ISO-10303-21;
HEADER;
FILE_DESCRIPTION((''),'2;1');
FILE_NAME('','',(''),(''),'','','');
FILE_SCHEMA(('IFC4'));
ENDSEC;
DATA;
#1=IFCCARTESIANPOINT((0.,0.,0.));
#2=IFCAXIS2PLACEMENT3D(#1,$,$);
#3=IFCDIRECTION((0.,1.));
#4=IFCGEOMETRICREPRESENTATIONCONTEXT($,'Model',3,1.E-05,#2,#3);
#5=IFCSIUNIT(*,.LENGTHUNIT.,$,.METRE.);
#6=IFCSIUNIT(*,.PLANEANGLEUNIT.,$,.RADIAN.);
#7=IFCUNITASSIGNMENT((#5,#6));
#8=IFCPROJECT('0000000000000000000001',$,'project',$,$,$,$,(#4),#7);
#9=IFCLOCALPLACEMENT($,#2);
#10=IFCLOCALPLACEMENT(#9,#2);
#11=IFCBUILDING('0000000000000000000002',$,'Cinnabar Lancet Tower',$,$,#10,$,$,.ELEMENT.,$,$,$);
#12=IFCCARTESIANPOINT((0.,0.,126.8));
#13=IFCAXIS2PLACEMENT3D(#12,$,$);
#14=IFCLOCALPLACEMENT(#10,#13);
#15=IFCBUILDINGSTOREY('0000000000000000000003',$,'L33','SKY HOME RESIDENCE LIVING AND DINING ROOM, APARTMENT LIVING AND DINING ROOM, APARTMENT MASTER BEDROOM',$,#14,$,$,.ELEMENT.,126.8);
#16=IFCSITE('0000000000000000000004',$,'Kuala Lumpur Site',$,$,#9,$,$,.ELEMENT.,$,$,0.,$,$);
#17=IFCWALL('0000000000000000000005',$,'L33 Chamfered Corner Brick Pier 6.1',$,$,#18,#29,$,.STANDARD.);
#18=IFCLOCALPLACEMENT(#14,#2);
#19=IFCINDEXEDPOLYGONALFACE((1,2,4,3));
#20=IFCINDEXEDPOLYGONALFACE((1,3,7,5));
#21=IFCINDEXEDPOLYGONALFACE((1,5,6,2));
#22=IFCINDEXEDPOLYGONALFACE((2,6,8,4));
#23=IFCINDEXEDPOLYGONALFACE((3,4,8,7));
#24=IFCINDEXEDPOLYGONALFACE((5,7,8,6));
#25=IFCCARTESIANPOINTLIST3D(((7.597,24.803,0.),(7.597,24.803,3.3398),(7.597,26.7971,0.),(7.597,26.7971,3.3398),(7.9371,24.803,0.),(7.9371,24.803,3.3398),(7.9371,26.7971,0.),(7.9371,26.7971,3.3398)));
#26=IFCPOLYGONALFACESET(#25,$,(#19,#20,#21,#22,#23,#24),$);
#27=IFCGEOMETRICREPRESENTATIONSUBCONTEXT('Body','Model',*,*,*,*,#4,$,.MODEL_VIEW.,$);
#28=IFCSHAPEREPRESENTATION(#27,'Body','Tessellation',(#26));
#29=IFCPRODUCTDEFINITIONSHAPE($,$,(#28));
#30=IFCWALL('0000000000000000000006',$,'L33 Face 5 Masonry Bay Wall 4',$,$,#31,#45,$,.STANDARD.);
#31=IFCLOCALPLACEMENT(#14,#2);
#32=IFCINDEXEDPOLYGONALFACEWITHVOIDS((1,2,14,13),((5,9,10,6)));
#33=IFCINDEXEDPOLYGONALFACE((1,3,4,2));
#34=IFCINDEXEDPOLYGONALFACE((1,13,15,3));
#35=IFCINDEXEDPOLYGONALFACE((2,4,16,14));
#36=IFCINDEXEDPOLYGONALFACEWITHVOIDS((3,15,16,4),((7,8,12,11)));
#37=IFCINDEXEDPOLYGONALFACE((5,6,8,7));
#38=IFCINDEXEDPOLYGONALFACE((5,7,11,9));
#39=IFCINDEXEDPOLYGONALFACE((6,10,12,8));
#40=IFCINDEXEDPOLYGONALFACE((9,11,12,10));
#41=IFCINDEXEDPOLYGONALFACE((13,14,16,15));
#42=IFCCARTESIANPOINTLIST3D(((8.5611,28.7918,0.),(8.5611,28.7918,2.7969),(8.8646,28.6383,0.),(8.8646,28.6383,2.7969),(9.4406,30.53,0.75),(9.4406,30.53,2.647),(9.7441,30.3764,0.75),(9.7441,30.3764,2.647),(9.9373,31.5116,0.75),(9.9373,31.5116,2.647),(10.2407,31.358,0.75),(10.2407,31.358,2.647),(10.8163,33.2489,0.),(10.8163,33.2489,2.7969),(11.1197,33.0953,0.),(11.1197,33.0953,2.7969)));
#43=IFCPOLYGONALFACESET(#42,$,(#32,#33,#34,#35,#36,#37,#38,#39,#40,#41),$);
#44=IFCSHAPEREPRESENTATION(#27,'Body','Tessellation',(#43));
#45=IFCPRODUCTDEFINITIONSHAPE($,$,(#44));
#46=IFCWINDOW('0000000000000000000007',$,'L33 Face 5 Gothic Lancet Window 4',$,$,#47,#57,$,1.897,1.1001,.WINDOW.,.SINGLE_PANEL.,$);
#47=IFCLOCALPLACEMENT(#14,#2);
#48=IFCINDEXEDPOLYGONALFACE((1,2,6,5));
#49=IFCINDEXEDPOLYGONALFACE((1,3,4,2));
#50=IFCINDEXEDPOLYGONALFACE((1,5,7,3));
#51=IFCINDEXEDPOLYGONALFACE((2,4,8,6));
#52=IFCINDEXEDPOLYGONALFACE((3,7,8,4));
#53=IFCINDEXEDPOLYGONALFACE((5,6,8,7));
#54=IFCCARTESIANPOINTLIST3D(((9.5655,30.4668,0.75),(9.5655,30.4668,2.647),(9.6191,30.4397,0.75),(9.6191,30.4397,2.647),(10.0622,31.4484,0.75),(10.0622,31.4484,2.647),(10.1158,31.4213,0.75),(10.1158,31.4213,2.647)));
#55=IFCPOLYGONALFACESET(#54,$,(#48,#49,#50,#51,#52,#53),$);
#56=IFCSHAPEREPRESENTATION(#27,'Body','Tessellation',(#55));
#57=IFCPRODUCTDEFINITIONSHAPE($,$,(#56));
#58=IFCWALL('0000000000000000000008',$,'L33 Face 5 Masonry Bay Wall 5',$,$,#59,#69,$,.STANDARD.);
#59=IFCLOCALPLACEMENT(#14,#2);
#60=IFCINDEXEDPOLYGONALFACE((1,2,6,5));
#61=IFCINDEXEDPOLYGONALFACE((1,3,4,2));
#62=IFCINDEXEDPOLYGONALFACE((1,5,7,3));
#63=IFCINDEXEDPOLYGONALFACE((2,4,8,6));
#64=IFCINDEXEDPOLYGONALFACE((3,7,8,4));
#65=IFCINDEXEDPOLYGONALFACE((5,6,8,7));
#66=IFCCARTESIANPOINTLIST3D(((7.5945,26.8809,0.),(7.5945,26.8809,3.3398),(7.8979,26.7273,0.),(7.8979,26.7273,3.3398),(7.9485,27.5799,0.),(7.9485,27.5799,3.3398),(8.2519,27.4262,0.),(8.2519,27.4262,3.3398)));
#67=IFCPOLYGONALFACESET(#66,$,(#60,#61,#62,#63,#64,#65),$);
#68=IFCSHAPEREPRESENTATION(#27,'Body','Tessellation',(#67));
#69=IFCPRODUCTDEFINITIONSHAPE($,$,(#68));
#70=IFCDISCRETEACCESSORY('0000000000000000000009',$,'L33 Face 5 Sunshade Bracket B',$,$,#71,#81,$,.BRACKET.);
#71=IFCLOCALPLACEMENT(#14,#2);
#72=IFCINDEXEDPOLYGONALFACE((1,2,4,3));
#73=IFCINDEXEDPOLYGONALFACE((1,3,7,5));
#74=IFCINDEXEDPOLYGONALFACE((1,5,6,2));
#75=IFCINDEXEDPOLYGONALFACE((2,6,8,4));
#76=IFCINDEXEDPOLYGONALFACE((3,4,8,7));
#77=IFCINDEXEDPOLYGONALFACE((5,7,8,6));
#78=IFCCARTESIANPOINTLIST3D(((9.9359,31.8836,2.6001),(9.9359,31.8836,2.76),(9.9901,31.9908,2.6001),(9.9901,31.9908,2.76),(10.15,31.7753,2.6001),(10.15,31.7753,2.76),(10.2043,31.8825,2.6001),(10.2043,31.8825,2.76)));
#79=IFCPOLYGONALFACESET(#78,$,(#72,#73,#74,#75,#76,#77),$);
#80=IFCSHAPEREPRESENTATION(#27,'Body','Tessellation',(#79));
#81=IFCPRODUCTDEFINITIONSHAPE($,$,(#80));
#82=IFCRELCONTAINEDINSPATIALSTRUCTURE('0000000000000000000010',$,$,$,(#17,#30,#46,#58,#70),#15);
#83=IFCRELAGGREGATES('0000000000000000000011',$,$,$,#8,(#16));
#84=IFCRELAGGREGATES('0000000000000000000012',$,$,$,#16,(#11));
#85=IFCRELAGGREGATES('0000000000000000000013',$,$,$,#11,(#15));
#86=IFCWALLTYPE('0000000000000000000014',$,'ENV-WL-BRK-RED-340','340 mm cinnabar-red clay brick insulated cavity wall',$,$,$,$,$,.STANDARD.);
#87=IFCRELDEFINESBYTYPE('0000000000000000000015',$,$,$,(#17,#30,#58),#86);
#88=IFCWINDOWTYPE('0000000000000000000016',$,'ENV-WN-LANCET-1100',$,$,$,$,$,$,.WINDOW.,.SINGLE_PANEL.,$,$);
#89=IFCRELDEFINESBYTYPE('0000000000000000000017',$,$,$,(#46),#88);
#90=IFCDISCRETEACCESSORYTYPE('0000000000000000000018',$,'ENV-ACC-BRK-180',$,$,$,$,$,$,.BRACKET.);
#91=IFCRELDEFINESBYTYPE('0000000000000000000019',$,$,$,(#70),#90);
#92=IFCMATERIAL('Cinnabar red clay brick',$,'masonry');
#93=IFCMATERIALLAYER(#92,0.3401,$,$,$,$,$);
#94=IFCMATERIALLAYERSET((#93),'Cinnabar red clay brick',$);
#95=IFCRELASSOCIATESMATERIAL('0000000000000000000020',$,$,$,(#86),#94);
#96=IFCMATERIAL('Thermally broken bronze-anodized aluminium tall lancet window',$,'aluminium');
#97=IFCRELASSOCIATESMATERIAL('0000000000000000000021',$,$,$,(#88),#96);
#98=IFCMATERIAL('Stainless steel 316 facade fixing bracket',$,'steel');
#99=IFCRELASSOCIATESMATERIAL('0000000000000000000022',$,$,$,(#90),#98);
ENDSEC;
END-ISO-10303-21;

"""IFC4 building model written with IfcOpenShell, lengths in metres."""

from ifc_helpers import new_model, si_unit, direction, frame, frame_2d, origin, origin_2d, place, context, subcontext, project, spatial, rectangle, extrude, material, layer, layer_set, type_object, element, fill, save


model = new_model("IFC4")

# Units and contexts
model_context = context("Model", 3, precision=1e-05, world=origin(), true_north=direction((0.0, 1.0)))
body_context = subcontext(model_context, "Body", "Model", "MODEL_VIEW")
ifc_project = project(units=[si_unit("LENGTHUNIT", "METRE"), si_unit("PLANEANGLEUNIT", "RADIAN")], contexts=[model_context])

# Site, building, storey
site_placement = place(None, origin())
site = spatial("IfcSite", under=ifc_project, at=site_placement, Name="Kuala Lumpur Site", CompositionType="ELEMENT", RefElevation=0.0)
building_placement = place(site_placement, origin())
building = spatial("IfcBuilding", under=site, at=building_placement, Name="Cinnabar Lancet Tower", CompositionType="ELEMENT")
storey_placement = place(building_placement, frame((0.0, 0.0, 126.8)))
storey = spatial("IfcBuildingStorey", under=building, at=storey_placement, Name="L33", Description="SKY HOME RESIDENCE LIVING AND DINING ROOM, APARTMENT LIVING AND DINING ROOM, APARTMENT MASTER BEDROOM", CompositionType="ELEMENT", Elevation=126.8)

# Wall
ifc_material_1 = material(Name="Cinnabar red clay brick", Category="masonry")
ifc_layer_1 = layer(ifc_material_1, 0.3401)
ifc_layer_set_1 = layer_set([ifc_layer_1], Name="Cinnabar red clay brick")
wall_type_1 = type_object("IfcWallType", Name="ENV-WL-BRK-RED-340", Description="340 mm cinnabar-red clay brick insulated cavity wall", PredefinedType="STANDARD", material=ifc_layer_set_1)
wall_1_placement = place(storey_placement, frame((7.7671, 26.7971, 0.0), z_axis=(0.0, 0.0, 1.0), x_axis=(0.0, -1.0, 0.0)))
element("IfcWall", 1, at=wall_1_placement, inside=storey, type_object=wall_type_1, Name="L33 Chamfered Corner Brick Pier 6.1", PredefinedType="STANDARD", context=body_context, shape_type="SweptSolid", body=[
    extrude(rectangle(XDim=1.9941, YDim=0.3401, at=frame_2d((0.9971, 0.0))), origin(), (0.0, 0.0, 1.0), 3.3398),
])

# Wall, opening, window
wall_2_placement = place(storey_placement, frame((10.968, 33.1721, 0.0), z_axis=(0.0, 0.0, 1.0), x_axis=(-0.451471, -0.892286, 0.0)))
wall_2 = element("IfcWall", 2, at=wall_2_placement, inside=storey, type_object=wall_type_1, Name="L33 Face 5 Masonry Bay Wall 4", PredefinedType="STANDARD", context=body_context, shape_type="SweptSolid", body=[
    extrude(rectangle(XDim=4.9951, YDim=0.3401, at=frame_2d((2.4976, 0.0))), origin(), (0.0, 0.0, 1.0), 2.7969),
])
opening_1_placement = place(wall_2_placement, frame((1.947, 0.0, 0.75)))
opening_1 = element("IfcOpeningElement", 3, at=opening_1_placement, cuts=wall_2, PredefinedType="OPENING", context=body_context, shape_type="SweptSolid", body=[
    extrude(rectangle(XDim=1.1001, YDim=1.897, at=frame_2d((0.55, 0.9485))), frame((0.0, 0.1799, 0.0), z_axis=(0.0, -1.0, 0.0), x_axis=(1.0, 0.0, 0.0)), (0.0, 0.0, 1.0), 0.3601),
])
ifc_material_2 = material(Name="Thermally broken bronze-anodized aluminium tall lancet window", Category="aluminium")
window_type = type_object("IfcWindowType", Name="ENV-WN-LANCET-1100", PartitioningType="SINGLE_PANEL", PredefinedType="WINDOW", material=ifc_material_2)
window_placement = place(opening_1_placement, origin())
window = element("IfcWindow", 4, at=window_placement, inside=storey, type_object=window_type, Name="L33 Face 5 Gothic Lancet Window 4", OverallHeight=1.897, OverallWidth=1.1001, PartitioningType="SINGLE_PANEL", PredefinedType="WINDOW", context=body_context, shape_type="SweptSolid", body=[
    extrude(rectangle(XDim=1.1001, YDim=1.897, at=frame_2d((0.55, 0.9485))), frame((0.0, 0.03, 0.0), z_axis=(0.0, -1.0, 0.0), x_axis=(1.0, 0.0, 0.0)), (0.0, 0.0, 1.0), 0.0601),
])
fill(opening_1, window)

# Wall
wall_3_placement = place(storey_placement, frame((8.1001, 27.5029, 0.0), z_axis=(0.0, 0.0, 1.0), x_axis=(-0.451819, -0.892109, 0.0)))
element("IfcWall", 5, at=wall_3_placement, inside=storey, type_object=wall_type_1, Name="L33 Face 5 Masonry Bay Wall 5", PredefinedType="STANDARD", context=body_context, shape_type="SweptSolid", body=[
    extrude(rectangle(XDim=0.7834, YDim=0.3401, at=frame_2d((0.3916, 0.0))), origin(), (0.0, 0.0, 1.0), 3.3398),
])

# Discrete accessory
ifc_material_3 = material(Name="Stainless steel 316 facade fixing bracket", Category="steel")
discrete_accessory_type = type_object("IfcDiscreteAccessoryType", Name="ENV-ACC-BRK-180", PredefinedType="BRACKET", material=ifc_material_3)
discrete_accessory_placement = place(storey_placement, frame((10.0701, 31.8831, 2.6001), z_axis=(0.0, 0.0, 1.0), x_axis=(-0.451454, -0.892294, 0.0)))
element("IfcDiscreteAccessory", 6, at=discrete_accessory_placement, inside=storey, type_object=discrete_accessory_type, Name="L33 Face 5 Sunshade Bracket B", PredefinedType="BRACKET", context=body_context, shape_type="SweptSolid", body=[
    extrude(rectangle(XDim=0.1201, YDim=0.24, at=origin_2d()), origin(), (0.0, 0.0, 1.0), 0.1599),
])

save(model, "model.ifc")
